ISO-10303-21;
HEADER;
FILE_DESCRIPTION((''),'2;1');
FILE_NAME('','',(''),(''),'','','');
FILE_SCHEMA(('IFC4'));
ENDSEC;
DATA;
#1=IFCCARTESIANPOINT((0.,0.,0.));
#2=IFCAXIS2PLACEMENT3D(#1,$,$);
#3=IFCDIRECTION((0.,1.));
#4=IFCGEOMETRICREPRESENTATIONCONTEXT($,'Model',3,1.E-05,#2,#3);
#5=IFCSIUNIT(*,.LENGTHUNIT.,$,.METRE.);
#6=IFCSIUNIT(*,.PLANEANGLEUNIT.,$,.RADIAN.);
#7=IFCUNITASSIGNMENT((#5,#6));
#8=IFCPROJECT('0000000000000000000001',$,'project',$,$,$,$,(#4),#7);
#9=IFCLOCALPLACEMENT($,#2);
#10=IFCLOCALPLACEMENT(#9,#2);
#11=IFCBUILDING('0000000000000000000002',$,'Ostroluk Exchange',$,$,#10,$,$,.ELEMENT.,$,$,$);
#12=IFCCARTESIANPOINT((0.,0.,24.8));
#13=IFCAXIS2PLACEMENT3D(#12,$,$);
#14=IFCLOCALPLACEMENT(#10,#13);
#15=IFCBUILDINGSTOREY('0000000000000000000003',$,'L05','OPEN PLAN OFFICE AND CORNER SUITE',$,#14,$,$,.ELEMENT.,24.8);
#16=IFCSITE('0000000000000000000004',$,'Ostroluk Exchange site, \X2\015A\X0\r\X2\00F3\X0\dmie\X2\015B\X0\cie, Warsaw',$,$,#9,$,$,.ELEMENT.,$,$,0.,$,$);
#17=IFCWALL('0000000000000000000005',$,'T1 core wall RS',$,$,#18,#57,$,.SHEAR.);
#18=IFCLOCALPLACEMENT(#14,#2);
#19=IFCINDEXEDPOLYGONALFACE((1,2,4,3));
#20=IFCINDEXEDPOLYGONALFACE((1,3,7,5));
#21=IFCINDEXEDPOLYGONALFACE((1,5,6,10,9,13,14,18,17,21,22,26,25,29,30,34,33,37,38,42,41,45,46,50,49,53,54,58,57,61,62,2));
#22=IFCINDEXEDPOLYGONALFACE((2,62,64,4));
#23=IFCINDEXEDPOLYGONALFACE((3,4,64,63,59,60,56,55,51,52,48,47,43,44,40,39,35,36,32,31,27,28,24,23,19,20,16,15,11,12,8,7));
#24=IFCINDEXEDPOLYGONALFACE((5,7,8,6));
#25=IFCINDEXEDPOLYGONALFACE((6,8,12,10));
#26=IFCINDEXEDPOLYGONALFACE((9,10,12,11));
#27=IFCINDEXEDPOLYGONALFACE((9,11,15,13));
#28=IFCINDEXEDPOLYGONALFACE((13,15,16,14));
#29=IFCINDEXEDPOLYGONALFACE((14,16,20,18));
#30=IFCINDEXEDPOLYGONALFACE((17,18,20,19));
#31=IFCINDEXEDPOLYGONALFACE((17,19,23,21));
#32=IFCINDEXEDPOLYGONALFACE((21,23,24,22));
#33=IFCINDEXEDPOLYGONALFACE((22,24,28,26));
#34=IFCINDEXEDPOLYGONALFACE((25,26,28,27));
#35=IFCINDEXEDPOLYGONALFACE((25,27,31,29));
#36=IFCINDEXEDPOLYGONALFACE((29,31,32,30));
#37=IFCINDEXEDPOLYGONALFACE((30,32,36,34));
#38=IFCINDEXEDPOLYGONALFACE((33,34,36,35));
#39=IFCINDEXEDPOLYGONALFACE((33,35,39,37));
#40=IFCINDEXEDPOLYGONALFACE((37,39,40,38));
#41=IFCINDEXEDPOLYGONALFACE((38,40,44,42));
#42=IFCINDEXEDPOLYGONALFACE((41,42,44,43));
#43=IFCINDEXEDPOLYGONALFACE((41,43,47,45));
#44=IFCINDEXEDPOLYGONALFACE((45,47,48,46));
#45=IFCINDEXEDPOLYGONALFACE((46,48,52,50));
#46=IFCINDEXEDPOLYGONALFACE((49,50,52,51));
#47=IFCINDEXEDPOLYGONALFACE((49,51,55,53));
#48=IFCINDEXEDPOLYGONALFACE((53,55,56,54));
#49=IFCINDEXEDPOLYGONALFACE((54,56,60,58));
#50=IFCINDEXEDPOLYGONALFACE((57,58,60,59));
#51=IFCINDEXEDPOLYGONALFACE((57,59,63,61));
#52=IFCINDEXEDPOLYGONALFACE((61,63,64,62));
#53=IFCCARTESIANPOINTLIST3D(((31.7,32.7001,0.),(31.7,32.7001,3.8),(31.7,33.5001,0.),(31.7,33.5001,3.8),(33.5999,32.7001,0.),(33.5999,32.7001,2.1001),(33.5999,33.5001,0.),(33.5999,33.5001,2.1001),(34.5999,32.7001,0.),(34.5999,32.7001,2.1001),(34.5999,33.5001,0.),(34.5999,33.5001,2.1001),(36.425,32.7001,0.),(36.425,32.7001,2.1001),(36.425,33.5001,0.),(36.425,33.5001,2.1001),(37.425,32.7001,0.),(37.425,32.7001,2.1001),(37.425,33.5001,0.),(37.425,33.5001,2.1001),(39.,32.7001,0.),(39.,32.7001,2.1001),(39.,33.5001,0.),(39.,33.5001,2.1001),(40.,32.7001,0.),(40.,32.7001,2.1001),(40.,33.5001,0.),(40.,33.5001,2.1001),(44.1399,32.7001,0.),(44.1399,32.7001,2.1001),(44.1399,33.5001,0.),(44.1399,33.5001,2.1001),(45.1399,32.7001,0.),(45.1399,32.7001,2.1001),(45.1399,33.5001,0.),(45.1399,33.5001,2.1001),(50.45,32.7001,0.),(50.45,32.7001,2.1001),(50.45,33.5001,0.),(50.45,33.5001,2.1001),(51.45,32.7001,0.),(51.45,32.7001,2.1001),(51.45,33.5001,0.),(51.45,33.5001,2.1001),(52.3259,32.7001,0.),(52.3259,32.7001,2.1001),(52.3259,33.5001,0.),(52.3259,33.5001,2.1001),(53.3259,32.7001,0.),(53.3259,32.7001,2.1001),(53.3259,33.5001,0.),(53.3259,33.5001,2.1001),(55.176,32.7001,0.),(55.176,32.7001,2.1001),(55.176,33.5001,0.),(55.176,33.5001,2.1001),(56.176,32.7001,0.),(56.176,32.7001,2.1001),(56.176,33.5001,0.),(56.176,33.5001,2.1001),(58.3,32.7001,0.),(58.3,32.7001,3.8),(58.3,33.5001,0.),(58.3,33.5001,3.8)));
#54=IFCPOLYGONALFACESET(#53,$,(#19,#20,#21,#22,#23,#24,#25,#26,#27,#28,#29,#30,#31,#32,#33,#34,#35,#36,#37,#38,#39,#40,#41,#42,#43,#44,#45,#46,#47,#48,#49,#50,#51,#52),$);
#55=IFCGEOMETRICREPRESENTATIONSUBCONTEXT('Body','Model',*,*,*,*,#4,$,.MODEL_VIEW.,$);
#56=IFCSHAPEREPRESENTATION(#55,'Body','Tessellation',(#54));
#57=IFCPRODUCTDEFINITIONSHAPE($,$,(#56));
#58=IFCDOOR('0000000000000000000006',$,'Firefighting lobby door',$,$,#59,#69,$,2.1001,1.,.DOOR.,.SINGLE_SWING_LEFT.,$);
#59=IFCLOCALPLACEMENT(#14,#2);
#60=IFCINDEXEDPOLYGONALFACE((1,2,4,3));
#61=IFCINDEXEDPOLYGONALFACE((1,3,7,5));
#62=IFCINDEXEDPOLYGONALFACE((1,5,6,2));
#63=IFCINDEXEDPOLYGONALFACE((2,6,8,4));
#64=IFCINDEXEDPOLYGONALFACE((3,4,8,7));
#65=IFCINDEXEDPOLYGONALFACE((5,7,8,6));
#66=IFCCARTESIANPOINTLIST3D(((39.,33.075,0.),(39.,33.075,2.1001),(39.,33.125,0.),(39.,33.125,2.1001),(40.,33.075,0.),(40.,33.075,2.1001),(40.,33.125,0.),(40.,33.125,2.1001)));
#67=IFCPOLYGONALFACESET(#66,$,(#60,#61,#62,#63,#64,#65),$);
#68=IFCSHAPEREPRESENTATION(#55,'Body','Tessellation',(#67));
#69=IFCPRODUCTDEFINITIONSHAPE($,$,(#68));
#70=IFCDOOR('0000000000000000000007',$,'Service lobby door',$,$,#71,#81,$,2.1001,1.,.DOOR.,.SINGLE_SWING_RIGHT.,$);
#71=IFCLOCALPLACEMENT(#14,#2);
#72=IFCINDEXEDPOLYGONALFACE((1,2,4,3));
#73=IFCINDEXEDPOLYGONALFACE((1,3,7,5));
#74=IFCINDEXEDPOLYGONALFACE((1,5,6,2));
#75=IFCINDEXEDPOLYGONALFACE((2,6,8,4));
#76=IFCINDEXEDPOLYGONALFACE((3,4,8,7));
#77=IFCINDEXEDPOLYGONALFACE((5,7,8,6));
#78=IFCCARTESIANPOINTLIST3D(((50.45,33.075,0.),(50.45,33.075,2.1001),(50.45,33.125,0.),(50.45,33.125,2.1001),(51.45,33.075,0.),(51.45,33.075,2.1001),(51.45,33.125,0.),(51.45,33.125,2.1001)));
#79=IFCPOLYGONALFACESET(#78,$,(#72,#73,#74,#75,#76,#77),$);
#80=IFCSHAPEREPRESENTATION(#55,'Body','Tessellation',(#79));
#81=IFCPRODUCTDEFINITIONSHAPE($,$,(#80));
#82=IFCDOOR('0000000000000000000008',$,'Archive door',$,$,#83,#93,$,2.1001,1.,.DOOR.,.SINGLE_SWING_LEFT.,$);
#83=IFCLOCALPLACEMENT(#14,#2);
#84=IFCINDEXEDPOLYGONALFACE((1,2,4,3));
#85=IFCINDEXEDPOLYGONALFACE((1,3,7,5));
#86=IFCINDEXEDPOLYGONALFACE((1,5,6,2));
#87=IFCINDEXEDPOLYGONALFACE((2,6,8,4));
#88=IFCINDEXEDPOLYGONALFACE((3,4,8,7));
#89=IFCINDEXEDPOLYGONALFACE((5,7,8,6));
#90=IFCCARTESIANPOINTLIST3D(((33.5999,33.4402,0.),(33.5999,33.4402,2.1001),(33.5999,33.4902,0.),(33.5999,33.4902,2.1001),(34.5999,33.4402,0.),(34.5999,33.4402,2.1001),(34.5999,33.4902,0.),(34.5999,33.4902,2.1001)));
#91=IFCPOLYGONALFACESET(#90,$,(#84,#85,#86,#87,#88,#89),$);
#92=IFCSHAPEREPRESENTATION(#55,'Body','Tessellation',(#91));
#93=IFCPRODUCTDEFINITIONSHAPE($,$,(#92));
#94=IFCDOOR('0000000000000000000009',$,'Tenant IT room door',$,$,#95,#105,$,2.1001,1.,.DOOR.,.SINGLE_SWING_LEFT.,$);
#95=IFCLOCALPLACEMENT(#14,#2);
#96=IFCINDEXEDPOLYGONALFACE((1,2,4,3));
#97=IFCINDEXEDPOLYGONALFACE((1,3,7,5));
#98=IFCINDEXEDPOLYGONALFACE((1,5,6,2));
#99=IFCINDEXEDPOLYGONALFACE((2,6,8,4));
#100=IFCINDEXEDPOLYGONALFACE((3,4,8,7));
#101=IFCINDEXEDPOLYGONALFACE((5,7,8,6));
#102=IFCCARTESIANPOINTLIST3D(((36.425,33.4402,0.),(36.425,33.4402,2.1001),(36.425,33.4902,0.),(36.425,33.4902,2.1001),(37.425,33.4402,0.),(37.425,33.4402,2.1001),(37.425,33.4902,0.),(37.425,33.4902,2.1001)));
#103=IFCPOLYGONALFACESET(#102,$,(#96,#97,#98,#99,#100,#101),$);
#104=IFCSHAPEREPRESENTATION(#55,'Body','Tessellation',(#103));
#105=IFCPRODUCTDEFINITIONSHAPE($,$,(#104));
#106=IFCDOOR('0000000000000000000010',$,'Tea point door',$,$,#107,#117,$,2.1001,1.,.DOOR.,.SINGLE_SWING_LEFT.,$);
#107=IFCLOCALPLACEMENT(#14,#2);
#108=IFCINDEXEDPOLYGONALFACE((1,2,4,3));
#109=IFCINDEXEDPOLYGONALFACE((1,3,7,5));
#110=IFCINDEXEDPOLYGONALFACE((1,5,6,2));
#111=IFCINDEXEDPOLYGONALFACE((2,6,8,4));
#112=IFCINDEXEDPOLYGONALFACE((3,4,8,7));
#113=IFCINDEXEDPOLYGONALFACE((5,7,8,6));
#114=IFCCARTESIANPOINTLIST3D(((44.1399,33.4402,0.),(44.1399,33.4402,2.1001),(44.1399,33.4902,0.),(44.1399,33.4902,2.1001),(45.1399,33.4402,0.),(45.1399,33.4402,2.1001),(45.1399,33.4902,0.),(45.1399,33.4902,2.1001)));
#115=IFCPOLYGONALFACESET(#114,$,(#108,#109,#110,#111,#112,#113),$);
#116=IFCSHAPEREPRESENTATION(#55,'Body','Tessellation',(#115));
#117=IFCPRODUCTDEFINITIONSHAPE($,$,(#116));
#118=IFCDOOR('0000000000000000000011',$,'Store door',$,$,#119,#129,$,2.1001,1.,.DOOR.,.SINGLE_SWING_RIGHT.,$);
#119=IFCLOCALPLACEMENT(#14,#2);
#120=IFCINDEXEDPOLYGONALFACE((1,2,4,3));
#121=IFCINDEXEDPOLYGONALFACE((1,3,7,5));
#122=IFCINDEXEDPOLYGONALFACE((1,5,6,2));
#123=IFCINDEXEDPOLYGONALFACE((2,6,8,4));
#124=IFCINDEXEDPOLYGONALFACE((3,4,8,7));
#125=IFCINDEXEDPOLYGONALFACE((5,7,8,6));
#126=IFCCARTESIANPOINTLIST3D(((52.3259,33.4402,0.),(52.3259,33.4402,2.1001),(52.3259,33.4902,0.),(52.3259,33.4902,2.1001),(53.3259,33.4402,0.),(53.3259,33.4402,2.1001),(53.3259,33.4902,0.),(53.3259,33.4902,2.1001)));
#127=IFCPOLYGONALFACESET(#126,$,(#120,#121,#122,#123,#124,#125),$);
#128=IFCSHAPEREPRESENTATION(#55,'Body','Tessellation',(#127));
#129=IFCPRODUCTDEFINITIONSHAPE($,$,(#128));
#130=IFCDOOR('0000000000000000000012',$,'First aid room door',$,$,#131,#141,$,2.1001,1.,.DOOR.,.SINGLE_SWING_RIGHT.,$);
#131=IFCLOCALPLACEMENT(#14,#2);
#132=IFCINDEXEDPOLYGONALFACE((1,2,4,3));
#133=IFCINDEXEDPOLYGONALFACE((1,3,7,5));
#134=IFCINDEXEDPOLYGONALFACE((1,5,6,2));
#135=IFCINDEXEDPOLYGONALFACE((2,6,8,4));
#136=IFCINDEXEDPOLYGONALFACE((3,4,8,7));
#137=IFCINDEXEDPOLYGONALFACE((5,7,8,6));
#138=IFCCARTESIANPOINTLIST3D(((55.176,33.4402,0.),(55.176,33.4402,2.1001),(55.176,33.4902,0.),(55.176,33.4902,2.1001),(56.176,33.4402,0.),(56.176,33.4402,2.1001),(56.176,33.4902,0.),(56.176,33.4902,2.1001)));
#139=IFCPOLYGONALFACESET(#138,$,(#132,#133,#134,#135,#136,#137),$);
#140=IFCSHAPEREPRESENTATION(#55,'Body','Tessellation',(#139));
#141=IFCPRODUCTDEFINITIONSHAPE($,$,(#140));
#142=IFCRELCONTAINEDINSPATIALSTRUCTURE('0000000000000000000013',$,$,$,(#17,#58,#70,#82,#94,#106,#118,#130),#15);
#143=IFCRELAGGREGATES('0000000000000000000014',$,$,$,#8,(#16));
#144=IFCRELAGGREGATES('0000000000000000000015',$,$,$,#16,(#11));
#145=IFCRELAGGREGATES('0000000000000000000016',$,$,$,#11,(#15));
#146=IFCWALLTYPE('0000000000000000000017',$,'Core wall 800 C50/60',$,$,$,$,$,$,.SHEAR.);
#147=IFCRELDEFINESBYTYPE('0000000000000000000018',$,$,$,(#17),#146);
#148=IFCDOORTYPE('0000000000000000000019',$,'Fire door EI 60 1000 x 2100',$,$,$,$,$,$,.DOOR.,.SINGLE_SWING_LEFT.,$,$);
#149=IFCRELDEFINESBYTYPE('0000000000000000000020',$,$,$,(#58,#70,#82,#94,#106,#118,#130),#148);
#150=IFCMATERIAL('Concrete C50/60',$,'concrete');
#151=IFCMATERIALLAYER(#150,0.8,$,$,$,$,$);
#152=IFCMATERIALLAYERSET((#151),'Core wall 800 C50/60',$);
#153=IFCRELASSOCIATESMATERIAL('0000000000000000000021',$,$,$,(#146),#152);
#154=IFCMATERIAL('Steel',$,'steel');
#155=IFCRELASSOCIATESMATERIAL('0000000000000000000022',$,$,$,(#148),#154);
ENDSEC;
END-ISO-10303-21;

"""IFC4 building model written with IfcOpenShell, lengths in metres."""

from ifc_helpers import new_model, si_unit, direction, frame, frame_2d, origin, place, context, subcontext, project, spatial, rectangle, extrude, material, layer, layer_set, type_object, element, fill, save


model = new_model("IFC4")

# Units and contexts
model_context = context("Model", 3, precision=1e-05, world=origin(), true_north=direction((0.0, 1.0)))
body_context = subcontext(model_context, "Body", "Model", "MODEL_VIEW")
ifc_project = project(units=[si_unit("LENGTHUNIT", "METRE"), si_unit("PLANEANGLEUNIT", "RADIAN")], contexts=[model_context])

# Site, building, storey
site_placement = place(None, origin())
site = spatial("IfcSite", under=ifc_project, at=site_placement, Name="Ostroluk Exchange site, Śródmieście, Warsaw", CompositionType="ELEMENT", RefElevation=0.0)
building_placement = place(site_placement, origin())
building = spatial("IfcBuilding", under=site, at=building_placement, Name="Ostroluk Exchange", CompositionType="ELEMENT")
storey_placement = place(building_placement, frame((0.0, 0.0, 24.8)))
storey = spatial("IfcBuildingStorey", under=building, at=storey_placement, Name="L05", Description="OPEN PLAN OFFICE AND CORNER SUITE", CompositionType="ELEMENT", Elevation=24.8)

# Wall, openings, doors
ifc_material_1 = material(Name="Concrete C50/60", Category="concrete")
ifc_layer_1 = layer(ifc_material_1, 0.8)
ifc_layer_set_1 = layer_set([ifc_layer_1], Name="Core wall 800 C50/60")
wall_type_1 = type_object("IfcWallType", Name="Core wall 800 C50/60", PredefinedType="SHEAR", material=ifc_layer_set_1)
wall_1_placement = place(storey_placement, frame((31.7, 33.1001, 0.0), z_axis=(0.0, 0.0, 1.0), x_axis=(1.0, 0.0, 0.0)))
wall_1 = element("IfcWall", 1, at=wall_1_placement, inside=storey, type_object=wall_type_1, Name="T1 core wall RS", PredefinedType="SHEAR", context=body_context, shape_type="SweptSolid", body=[
    extrude(rectangle(XDim=26.6001, YDim=0.8, at=frame_2d((13.3, 0.0))), origin(), (0.0, 0.0, 1.0), 3.8),
])
opening_1_placement = place(wall_1_placement, frame((7.3, 0.0, 0.0)))
opening_1 = element("IfcOpeningElement", 2, at=opening_1_placement, cuts=wall_1, PredefinedType="OPENING", context=body_context, shape_type="SweptSolid", body=[
    extrude(rectangle(XDim=1.0, YDim=2.1001, at=frame_2d((0.5, 1.05))), frame((0.0, 0.4099, 0.0), z_axis=(0.0, -1.0, 0.0), x_axis=(1.0, 0.0, 0.0)), (0.0, 0.0, 1.0), 0.8201),
])
opening_2_placement = place(wall_1_placement, frame((18.75, 0.0, 0.0)))
opening_2 = element("IfcOpeningElement", 3, at=opening_2_placement, cuts=wall_1, PredefinedType="OPENING", context=body_context, shape_type="SweptSolid", body=[
    extrude(rectangle(XDim=1.0, YDim=2.1001, at=frame_2d((0.5, 1.05))), frame((0.0, 0.4099, 0.0), z_axis=(0.0, -1.0, 0.0), x_axis=(1.0, 0.0, 0.0)), (0.0, 0.0, 1.0), 0.8201),
])
opening_3_placement = place(wall_1_placement, frame((1.8999, 0.0, 0.0)))
opening_3 = element("IfcOpeningElement", 4, at=opening_3_placement, cuts=wall_1, PredefinedType="OPENING", context=body_context, shape_type="SweptSolid", body=[
    extrude(rectangle(XDim=1.0, YDim=2.1001, at=frame_2d((0.5, 1.05))), frame((0.0, 0.4099, 0.0), z_axis=(0.0, -1.0, 0.0), x_axis=(1.0, 0.0, 0.0)), (0.0, 0.0, 1.0), 0.8201),
])
opening_4_placement = place(wall_1_placement, frame((4.7251, 0.0, 0.0)))
opening_4 = element("IfcOpeningElement", 5, at=opening_4_placement, cuts=wall_1, PredefinedType="OPENING", context=body_context, shape_type="SweptSolid", body=[
    extrude(rectangle(XDim=1.0, YDim=2.1001, at=frame_2d((0.5, 1.05))), frame((0.0, 0.4099, 0.0), z_axis=(0.0, -1.0, 0.0), x_axis=(1.0, 0.0, 0.0)), (0.0, 0.0, 1.0), 0.8201),
])
opening_5_placement = place(wall_1_placement, frame((12.4399, 0.0, 0.0)))
opening_5 = element("IfcOpeningElement", 6, at=opening_5_placement, cuts=wall_1, PredefinedType="OPENING", context=body_context, shape_type="SweptSolid", body=[
    extrude(rectangle(XDim=1.0, YDim=2.1001, at=frame_2d((0.5, 1.05))), frame((0.0, 0.4099, 0.0), z_axis=(0.0, -1.0, 0.0), x_axis=(1.0, 0.0, 0.0)), (0.0, 0.0, 1.0), 0.8201),
])
opening_6_placement = place(wall_1_placement, frame((20.626, 0.0, 0.0)))
opening_6 = element("IfcOpeningElement", 7, at=opening_6_placement, cuts=wall_1, PredefinedType="OPENING", context=body_context, shape_type="SweptSolid", body=[
    extrude(rectangle(XDim=1.0, YDim=2.1001, at=frame_2d((0.5, 1.05))), frame((0.0, 0.4099, 0.0), z_axis=(0.0, -1.0, 0.0), x_axis=(1.0, 0.0, 0.0)), (0.0, 0.0, 1.0), 0.8201),
])
opening_7_placement = place(wall_1_placement, frame((23.4761, 0.0, 0.0)))
opening_7 = element("IfcOpeningElement", 8, at=opening_7_placement, cuts=wall_1, PredefinedType="OPENING", context=body_context, shape_type="SweptSolid", body=[
    extrude(rectangle(XDim=1.0, YDim=2.1001, at=frame_2d((0.5, 1.05))), frame((0.0, 0.4099, 0.0), z_axis=(0.0, -1.0, 0.0), x_axis=(1.0, 0.0, 0.0)), (0.0, 0.0, 1.0), 0.8201),
])
ifc_material_2 = material(Name="Steel", Category="steel")
door_type_1 = type_object("IfcDoorType", Name="Fire door EI 60 1000 x 2100", OperationType="SINGLE_SWING_LEFT", PredefinedType="DOOR", material=ifc_material_2)
door_1_placement = place(opening_1_placement, origin())
door_1 = element("IfcDoor", 9, at=door_1_placement, inside=storey, type_object=door_type_1, Name="Firefighting lobby door", OperationType="SINGLE_SWING_LEFT", OverallHeight=2.1001, OverallWidth=1.0, PredefinedType="DOOR", context=body_context, shape_type="SweptSolid", body=[
    extrude(rectangle(XDim=1.0, YDim=2.1001, at=frame_2d((0.5, 1.05))), frame((0.0, 0.0249, 0.0), z_axis=(0.0, -1.0, 0.0), x_axis=(1.0, 0.0, 0.0)), (0.0, 0.0, 1.0), 0.05),
])
fill(opening_1, door_1)
door_2_placement = place(opening_2_placement, origin())
door_2 = element("IfcDoor", 10, at=door_2_placement, inside=storey, type_object=door_type_1, Name="Service lobby door", OperationType="SINGLE_SWING_RIGHT", OverallHeight=2.1001, OverallWidth=1.0, PredefinedType="DOOR", context=body_context, shape_type="SweptSolid", body=[
    extrude(rectangle(XDim=1.0, YDim=2.1001, at=frame_2d((0.5, 1.05))), frame((0.0, 0.0249, 0.0), z_axis=(0.0, -1.0, 0.0), x_axis=(1.0, 0.0, 0.0)), (0.0, 0.0, 1.0), 0.05),
])
fill(opening_2, door_2)
door_3_placement = place(opening_3_placement, origin())
door_3 = element("IfcDoor", 11, at=door_3_placement, inside=storey, type_object=door_type_1, Name="Archive door", OperationType="SINGLE_SWING_LEFT", OverallHeight=2.1001, OverallWidth=1.0, PredefinedType="DOOR", context=body_context, shape_type="SweptSolid", body=[
    extrude(rectangle(XDim=1.0, YDim=2.1001, at=frame_2d((0.5, 1.05))), frame((0.0, 0.3901, 0.0), z_axis=(0.0, -1.0, 0.0), x_axis=(1.0, 0.0, 0.0)), (0.0, 0.0, 1.0), 0.05),
])
fill(opening_3, door_3)
door_4_placement = place(opening_4_placement, origin())
door_4 = element("IfcDoor", 12, at=door_4_placement, inside=storey, type_object=door_type_1, Name="Tenant IT room door", OperationType="SINGLE_SWING_LEFT", OverallHeight=2.1001, OverallWidth=1.0, PredefinedType="DOOR", context=body_context, shape_type="SweptSolid", body=[
    extrude(rectangle(XDim=1.0, YDim=2.1001, at=frame_2d((0.5, 1.05))), frame((0.0, 0.3901, 0.0), z_axis=(0.0, -1.0, 0.0), x_axis=(1.0, 0.0, 0.0)), (0.0, 0.0, 1.0), 0.05),
])
fill(opening_4, door_4)
door_5_placement = place(opening_5_placement, origin())
door_5 = element("IfcDoor", 13, at=door_5_placement, inside=storey, type_object=door_type_1, Name="Tea point door", OperationType="SINGLE_SWING_LEFT", OverallHeight=2.1001, OverallWidth=1.0, PredefinedType="DOOR", context=body_context, shape_type="SweptSolid", body=[
    extrude(rectangle(XDim=1.0, YDim=2.1001, at=frame_2d((0.5, 1.05))), frame((0.0, 0.3901, 0.0), z_axis=(0.0, -1.0, 0.0), x_axis=(1.0, 0.0, 0.0)), (0.0, 0.0, 1.0), 0.05),
])
fill(opening_5, door_5)
door_6_placement = place(opening_6_placement, origin())
door_6 = element("IfcDoor", 14, at=door_6_placement, inside=storey, type_object=door_type_1, Name="Store door", OperationType="SINGLE_SWING_RIGHT", OverallHeight=2.1001, OverallWidth=1.0, PredefinedType="DOOR", context=body_context, shape_type="SweptSolid", body=[
    extrude(rectangle(XDim=1.0, YDim=2.1001, at=frame_2d((0.5, 1.05))), frame((0.0, 0.3901, 0.0), z_axis=(0.0, -1.0, 0.0), x_axis=(1.0, 0.0, 0.0)), (0.0, 0.0, 1.0), 0.05),
])
fill(opening_6, door_6)
door_7_placement = place(opening_7_placement, origin())
door_7 = element("IfcDoor", 15, at=door_7_placement, inside=storey, type_object=door_type_1, Name="First aid room door", OperationType="SINGLE_SWING_RIGHT", OverallHeight=2.1001, OverallWidth=1.0, PredefinedType="DOOR", context=body_context, shape_type="SweptSolid", body=[
    extrude(rectangle(XDim=1.0, YDim=2.1001, at=frame_2d((0.5, 1.05))), frame((0.0, 0.3901, 0.0), z_axis=(0.0, -1.0, 0.0), x_axis=(1.0, 0.0, 0.0)), (0.0, 0.0, 1.0), 0.05),
])
fill(opening_7, door_7)

save(model, "model.ifc")
